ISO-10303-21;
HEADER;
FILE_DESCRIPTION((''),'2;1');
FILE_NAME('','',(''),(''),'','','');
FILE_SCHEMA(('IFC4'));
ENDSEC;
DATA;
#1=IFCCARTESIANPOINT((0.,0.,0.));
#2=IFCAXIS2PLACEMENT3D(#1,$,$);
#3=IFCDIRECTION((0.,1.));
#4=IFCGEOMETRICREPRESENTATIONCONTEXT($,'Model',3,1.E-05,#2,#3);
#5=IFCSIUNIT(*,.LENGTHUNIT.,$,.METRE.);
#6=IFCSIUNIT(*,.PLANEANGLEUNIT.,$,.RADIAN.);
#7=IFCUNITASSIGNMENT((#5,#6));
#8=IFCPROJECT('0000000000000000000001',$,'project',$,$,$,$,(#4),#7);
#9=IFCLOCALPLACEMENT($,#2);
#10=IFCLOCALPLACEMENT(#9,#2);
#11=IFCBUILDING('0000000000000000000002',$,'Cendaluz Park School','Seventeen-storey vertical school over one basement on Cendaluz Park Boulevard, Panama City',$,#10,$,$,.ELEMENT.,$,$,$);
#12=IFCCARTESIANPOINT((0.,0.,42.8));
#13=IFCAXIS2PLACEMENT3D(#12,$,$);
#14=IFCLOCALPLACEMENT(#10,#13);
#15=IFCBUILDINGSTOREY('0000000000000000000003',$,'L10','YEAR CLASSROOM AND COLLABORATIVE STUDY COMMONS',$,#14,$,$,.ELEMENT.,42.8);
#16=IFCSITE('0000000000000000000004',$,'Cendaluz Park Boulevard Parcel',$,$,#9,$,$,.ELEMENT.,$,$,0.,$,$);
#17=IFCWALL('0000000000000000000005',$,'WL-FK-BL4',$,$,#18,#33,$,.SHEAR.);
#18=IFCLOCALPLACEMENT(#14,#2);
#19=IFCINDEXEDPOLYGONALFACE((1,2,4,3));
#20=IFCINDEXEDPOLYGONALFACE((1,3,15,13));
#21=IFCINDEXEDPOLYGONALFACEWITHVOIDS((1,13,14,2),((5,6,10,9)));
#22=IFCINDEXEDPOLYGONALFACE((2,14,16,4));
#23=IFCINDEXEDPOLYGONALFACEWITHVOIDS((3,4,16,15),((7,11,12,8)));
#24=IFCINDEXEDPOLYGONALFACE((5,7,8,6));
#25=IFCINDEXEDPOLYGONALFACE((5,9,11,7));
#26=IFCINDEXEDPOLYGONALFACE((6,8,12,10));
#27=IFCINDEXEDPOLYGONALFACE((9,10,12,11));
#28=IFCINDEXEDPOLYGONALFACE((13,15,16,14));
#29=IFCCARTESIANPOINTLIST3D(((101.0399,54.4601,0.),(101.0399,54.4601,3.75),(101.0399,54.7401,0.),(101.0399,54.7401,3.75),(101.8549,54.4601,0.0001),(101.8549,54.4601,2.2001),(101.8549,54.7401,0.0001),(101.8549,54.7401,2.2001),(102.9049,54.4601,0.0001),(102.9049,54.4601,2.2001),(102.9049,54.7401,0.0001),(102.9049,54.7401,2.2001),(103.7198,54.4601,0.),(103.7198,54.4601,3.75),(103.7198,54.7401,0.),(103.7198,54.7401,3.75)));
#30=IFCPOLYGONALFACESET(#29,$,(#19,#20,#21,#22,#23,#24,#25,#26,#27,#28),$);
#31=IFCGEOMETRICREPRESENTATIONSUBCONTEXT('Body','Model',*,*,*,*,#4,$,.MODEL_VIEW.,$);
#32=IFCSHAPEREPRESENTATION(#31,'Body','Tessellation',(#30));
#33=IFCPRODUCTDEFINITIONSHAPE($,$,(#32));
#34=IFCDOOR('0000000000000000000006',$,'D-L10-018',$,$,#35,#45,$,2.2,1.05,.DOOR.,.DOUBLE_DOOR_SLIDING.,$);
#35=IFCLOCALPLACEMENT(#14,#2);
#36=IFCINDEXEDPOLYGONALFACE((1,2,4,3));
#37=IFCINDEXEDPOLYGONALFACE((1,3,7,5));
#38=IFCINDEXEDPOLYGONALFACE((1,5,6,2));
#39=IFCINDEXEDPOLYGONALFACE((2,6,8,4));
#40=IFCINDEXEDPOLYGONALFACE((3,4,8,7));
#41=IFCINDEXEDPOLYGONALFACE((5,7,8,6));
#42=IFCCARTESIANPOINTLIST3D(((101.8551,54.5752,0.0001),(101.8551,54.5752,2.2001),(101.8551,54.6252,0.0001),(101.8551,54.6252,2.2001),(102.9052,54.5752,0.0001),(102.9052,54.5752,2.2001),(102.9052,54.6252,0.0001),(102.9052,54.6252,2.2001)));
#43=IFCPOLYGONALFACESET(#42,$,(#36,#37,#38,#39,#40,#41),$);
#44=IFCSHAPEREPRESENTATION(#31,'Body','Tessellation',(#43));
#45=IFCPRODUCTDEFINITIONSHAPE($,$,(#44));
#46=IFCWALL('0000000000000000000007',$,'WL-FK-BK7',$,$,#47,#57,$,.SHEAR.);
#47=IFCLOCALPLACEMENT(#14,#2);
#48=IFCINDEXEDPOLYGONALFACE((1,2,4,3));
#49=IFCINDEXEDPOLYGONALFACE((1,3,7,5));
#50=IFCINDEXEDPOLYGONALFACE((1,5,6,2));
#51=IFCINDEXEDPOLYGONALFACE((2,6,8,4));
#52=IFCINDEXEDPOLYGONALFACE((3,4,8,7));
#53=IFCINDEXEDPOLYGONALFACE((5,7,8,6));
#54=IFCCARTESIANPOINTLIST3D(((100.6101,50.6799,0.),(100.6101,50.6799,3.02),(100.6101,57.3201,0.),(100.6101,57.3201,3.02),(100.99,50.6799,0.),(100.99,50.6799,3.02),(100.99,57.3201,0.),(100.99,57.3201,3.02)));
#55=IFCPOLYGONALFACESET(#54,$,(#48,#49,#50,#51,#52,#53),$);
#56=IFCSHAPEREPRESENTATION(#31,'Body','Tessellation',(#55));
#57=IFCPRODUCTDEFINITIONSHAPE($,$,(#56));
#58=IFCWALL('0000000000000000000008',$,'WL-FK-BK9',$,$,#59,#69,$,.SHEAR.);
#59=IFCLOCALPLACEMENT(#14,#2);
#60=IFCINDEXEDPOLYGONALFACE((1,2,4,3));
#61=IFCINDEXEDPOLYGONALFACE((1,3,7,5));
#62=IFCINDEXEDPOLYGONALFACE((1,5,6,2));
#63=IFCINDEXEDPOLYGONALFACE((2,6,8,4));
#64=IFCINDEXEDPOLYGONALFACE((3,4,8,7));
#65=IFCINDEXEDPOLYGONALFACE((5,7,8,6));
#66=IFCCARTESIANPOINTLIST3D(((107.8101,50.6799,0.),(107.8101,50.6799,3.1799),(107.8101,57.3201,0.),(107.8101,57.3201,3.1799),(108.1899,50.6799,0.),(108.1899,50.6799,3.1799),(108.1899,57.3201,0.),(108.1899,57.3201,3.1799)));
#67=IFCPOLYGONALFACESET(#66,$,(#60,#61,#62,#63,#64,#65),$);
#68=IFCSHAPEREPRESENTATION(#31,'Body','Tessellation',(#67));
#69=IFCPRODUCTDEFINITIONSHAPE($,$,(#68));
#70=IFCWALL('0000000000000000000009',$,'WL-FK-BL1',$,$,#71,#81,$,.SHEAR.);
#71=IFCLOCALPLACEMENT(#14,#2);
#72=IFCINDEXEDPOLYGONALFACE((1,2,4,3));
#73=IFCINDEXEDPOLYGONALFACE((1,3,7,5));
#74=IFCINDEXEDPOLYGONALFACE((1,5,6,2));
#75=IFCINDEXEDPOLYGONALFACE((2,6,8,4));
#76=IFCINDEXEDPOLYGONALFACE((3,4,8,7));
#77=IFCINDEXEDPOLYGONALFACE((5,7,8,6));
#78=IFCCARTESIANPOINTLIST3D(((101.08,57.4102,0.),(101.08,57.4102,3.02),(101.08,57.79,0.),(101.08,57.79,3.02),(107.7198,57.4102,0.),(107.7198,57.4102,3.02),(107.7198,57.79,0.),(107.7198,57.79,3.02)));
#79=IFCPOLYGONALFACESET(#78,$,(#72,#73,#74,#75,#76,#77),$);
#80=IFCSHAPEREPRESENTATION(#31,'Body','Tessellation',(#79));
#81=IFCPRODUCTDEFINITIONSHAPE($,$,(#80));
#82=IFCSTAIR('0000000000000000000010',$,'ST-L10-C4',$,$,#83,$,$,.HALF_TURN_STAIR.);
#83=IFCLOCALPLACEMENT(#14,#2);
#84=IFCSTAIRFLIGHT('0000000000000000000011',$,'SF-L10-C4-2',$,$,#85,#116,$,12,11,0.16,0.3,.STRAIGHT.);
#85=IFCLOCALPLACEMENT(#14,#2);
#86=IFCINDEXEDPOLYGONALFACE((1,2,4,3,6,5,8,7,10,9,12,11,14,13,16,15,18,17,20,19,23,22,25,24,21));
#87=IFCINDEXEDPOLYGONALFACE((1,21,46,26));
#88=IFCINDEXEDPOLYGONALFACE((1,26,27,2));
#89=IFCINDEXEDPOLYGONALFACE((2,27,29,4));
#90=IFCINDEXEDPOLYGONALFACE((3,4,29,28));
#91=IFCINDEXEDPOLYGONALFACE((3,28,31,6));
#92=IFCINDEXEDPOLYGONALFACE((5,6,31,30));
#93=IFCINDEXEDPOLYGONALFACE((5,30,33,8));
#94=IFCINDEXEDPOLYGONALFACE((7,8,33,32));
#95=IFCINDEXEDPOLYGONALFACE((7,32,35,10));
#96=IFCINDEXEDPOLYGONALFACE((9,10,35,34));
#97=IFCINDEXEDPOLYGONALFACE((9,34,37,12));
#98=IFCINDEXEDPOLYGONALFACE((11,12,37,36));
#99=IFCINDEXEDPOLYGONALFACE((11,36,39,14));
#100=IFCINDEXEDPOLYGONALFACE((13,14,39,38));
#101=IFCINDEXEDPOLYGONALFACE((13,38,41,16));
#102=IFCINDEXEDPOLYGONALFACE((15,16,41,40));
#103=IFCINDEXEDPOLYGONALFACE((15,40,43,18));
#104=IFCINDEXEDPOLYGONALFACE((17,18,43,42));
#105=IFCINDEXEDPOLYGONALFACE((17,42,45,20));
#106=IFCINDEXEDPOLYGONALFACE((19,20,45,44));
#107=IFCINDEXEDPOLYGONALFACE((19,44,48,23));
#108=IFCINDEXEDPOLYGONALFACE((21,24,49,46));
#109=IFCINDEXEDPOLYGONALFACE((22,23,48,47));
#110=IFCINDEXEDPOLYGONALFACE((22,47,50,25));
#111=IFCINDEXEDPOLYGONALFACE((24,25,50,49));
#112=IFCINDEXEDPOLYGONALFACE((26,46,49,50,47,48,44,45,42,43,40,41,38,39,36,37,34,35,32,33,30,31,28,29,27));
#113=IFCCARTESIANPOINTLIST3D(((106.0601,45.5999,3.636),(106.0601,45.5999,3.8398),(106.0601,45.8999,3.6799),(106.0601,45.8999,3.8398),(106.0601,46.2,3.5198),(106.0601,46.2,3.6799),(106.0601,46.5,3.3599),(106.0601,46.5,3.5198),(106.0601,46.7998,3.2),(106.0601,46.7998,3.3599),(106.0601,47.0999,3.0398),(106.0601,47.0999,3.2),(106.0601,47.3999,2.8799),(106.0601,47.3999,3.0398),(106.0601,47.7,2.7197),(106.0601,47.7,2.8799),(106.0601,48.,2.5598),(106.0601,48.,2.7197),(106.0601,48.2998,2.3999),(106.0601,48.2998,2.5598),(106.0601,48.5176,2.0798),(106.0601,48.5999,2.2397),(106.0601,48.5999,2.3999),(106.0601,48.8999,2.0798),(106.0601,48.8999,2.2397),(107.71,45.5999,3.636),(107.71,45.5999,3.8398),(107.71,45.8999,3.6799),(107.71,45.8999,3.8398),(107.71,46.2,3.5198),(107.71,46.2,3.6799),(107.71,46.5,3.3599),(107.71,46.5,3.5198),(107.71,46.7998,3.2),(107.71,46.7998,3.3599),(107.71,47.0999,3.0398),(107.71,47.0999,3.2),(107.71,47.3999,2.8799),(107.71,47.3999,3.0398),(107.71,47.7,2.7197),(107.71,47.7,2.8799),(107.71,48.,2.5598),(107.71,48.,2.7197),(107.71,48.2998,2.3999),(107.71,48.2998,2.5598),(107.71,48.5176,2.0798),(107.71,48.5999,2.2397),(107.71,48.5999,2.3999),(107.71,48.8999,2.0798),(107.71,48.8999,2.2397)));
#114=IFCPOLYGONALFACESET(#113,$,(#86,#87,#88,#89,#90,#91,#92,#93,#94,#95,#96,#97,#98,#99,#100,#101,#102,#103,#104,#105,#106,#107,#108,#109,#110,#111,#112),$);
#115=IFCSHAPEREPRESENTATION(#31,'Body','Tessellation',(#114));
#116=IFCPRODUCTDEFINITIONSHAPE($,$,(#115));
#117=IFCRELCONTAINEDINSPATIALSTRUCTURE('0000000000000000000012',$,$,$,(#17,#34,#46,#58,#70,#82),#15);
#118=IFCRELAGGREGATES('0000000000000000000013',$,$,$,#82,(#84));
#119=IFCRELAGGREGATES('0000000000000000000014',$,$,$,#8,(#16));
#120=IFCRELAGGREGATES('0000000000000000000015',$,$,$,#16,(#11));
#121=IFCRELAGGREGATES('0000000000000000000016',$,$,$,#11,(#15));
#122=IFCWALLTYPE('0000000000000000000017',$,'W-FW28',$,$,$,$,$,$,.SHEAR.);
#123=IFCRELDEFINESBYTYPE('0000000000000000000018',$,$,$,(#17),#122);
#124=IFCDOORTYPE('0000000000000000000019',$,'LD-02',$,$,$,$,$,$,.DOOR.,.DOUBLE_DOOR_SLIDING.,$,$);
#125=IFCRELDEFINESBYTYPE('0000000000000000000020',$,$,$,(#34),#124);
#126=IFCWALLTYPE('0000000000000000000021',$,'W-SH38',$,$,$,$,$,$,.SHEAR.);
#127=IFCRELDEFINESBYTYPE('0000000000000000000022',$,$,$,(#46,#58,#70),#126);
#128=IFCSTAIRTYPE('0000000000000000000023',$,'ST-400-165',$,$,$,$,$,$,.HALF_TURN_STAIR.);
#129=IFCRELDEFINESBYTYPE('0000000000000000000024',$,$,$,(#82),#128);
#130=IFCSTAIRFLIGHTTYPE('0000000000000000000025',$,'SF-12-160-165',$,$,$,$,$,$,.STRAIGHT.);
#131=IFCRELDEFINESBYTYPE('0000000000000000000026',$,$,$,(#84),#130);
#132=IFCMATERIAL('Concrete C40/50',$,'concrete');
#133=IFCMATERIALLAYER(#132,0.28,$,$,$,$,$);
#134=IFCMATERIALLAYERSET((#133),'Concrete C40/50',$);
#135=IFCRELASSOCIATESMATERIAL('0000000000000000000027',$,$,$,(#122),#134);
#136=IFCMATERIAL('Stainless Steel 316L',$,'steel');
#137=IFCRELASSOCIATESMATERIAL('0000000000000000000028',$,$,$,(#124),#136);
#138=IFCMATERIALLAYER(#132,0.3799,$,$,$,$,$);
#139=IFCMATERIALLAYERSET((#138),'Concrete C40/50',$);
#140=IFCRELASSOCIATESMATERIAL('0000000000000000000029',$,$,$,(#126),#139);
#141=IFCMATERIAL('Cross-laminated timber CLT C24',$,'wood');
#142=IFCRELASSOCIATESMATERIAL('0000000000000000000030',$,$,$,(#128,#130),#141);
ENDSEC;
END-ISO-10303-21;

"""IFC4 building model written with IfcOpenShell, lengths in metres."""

from ifc_helpers import new_model, si_unit, direction, frame, frame_2d, origin, place, context, subcontext, project, spatial, polyline, rectangle, outline, extrude, material, layer, layer_set, type_object, element, fill, aggregate, save


model = new_model("IFC4")

# Units and contexts
model_context = context("Model", 3, precision=1e-05, world=origin(), true_north=direction((0.0, 1.0)))
body_context = subcontext(model_context, "Body", "Model", "MODEL_VIEW")
ifc_project = project(units=[si_unit("LENGTHUNIT", "METRE"), si_unit("PLANEANGLEUNIT", "RADIAN")], contexts=[model_context])

# Site, building, storey
site_placement = place(None, origin())
site = spatial("IfcSite", under=ifc_project, at=site_placement, Name="Cendaluz Park Boulevard Parcel", CompositionType="ELEMENT", RefElevation=0.0)
building_placement = place(site_placement, origin())
building = spatial("IfcBuilding", under=site, at=building_placement, Name="Cendaluz Park School", Description="Seventeen-storey vertical school over one basement on Cendaluz Park Boulevard, Panama City", CompositionType="ELEMENT")
storey_placement = place(building_placement, frame((0.0, 0.0, 42.8)))
storey = spatial("IfcBuildingStorey", under=building, at=storey_placement, Name="L10", Description="YEAR CLASSROOM AND COLLABORATIVE STUDY COMMONS", CompositionType="ELEMENT", Elevation=42.8)

# Shared definitions
ifc_material_1 = material(Name="Cross-laminated timber CLT C24", Category="wood")

# Shared definitions
ifc_material_2 = material(Name="Concrete C40/50", Category="concrete")
ifc_layer_1 = layer(ifc_material_2, 0.28)
ifc_layer_set_1 = layer_set([ifc_layer_1], Name="Concrete C40/50")
wall_type_1 = type_object("IfcWallType", Name="W-FW28", PredefinedType="SHEAR", material=ifc_layer_set_1)

# Wall, opening, door
wall_1_placement = place(storey_placement, frame((101.04, 54.6001, 0.0), z_axis=(0.0, 0.0, 1.0), x_axis=(1.0, 0.0, 0.0)))
wall_1 = element("IfcWall", 1, at=wall_1_placement, inside=storey, type_object=wall_type_1, Name="WL-FK-BL4", PredefinedType="SHEAR", context=body_context, shape_type="SweptSolid", body=[
    extrude(rectangle(XDim=2.6799, YDim=0.28, at=frame_2d((1.3398, 0.0))), origin(), (0.0, 0.0, 1.0), 3.75),
])
opening_1_placement = place(wall_1_placement, frame((0.8149, 0.0, 0.0)))
opening_1 = element("IfcOpeningElement", 2, at=opening_1_placement, cuts=wall_1, PredefinedType="OPENING", context=body_context, shape_type="SweptSolid", body=[
    extrude(rectangle(XDim=1.05, YDim=2.2, at=frame_2d((0.5249, 1.1001))), frame((0.0, 0.1521, 0.0), z_axis=(0.0, -1.0, 0.0), x_axis=(1.0, 0.0, 0.0)), (0.0, 0.0, 1.0), 0.304),
])
ifc_material_3 = material(Name="Stainless Steel 316L", Category="steel")
door_type_1 = type_object("IfcDoorType", Name="LD-02", OperationType="DOUBLE_DOOR_SLIDING", PredefinedType="DOOR", material=ifc_material_3)
door_1_placement = place(opening_1_placement, frame((1.05, 0.0, 0.0), z_axis=(0.0, 0.0, 1.0), x_axis=(-1.0, 0.0, 0.0)))
door_1 = element("IfcDoor", 3, at=door_1_placement, inside=storey, type_object=door_type_1, Name="D-L10-018", OperationType="DOUBLE_DOOR_SLIDING", OverallHeight=2.2, OverallWidth=1.05, PredefinedType="DOOR", context=body_context, shape_type="SweptSolid", body=[
    extrude(rectangle(XDim=1.05, YDim=2.2, at=frame_2d((0.5249, 1.1001))), frame((0.0, 0.0249, 0.0), z_axis=(0.0, -1.0, 0.0), x_axis=(1.0, 0.0, 0.0)), (0.0, 0.0, 1.0), 0.05),
])
fill(opening_1, door_1)

# Walls
ifc_layer_2 = layer(ifc_material_2, 0.3799)
ifc_layer_set_2 = layer_set([ifc_layer_2], Name="Concrete C40/50")
wall_type_2 = type_object("IfcWallType", Name="W-SH38", PredefinedType="SHEAR", material=ifc_layer_set_2)
wall_2_placement = place(storey_placement, frame((100.8, 50.6799, 0.0), z_axis=(0.0, 0.0, 1.0), x_axis=(0.0, 1.0, 0.0)))
element("IfcWall", 4, at=wall_2_placement, inside=storey, type_object=wall_type_2, Name="WL-FK-BK7", PredefinedType="SHEAR", context=body_context, shape_type="SweptSolid", body=[
    extrude(rectangle(XDim=6.6401, YDim=0.3799, at=frame_2d((3.3201, 0.0))), origin(), (0.0, 0.0, 1.0), 3.02),
])
wall_3_placement = place(storey_placement, frame((108.0, 50.6799, 0.0), z_axis=(0.0, 0.0, 1.0), x_axis=(0.0, 1.0, 0.0)))
element("IfcWall", 5, at=wall_3_placement, inside=storey, type_object=wall_type_2, Name="WL-FK-BK9", PredefinedType="SHEAR", context=body_context, shape_type="SweptSolid", body=[
    extrude(rectangle(XDim=6.6401, YDim=0.3799, at=frame_2d((3.3201, 0.0))), origin(), (0.0, 0.0, 1.0), 3.1799),
])
wall_4_placement = place(storey_placement, frame((101.0801, 57.6001, 0.0), z_axis=(0.0, 0.0, 1.0), x_axis=(1.0, 0.0, 0.0)))
element("IfcWall", 6, at=wall_4_placement, inside=storey, type_object=wall_type_2, Name="WL-FK-BL1", PredefinedType="SHEAR", context=body_context, shape_type="SweptSolid", body=[
    extrude(rectangle(XDim=6.6399, YDim=0.3799, at=frame_2d((3.3198, 0.0))), origin(), (0.0, 0.0, 1.0), 3.02),
])

# Stair, stair flight
stair_type = type_object("IfcStairType", Name="ST-400-165", PredefinedType="HALF_TURN_STAIR", material=ifc_material_1)
stair_placement = place(storey_placement, origin())
stair = element("IfcStair", 7, at=stair_placement, inside=storey, type_object=stair_type, Name="ST-L10-C4", PredefinedType="HALF_TURN_STAIR")
stair_flight_type = type_object("IfcStairFlightType", Name="SF-12-160-165", PredefinedType="STRAIGHT", material=ifc_material_1)
stair_flight_placement = place(storey_placement, frame((106.885, 48.8999, 2.0798), z_axis=(0.0, 0.0, 1.0), x_axis=(0.0, -1.0, 0.0)))
stair_flight = element("IfcStairFlight", 8, at=stair_flight_placement, type_object=stair_flight_type, Name="SF-L10-C4-2", NumberOfRisers=12, NumberOfTreads=11, PredefinedType="STRAIGHT", RiserHeight=0.16, TreadLength=0.3, context=body_context, shape_type="SweptSolid", body=[
    extrude(outline(polyline([(0.0, 0.0), (0.0, 0.1599), (0.3, 0.1599), (0.3, 0.3201), (0.6001, 0.3201), (0.6001, 0.48), (0.8999, 0.48), (0.8999, 0.6399), (1.2, 0.6399), (1.2, 0.8), (1.5, 0.8), (1.5, 0.96), (1.8, 0.96), (1.8, 1.1201), (2.1001, 1.1201), (2.1001, 1.28), (2.3999, 1.28), (2.3999, 1.4399), (2.7, 1.4399), (2.7, 1.6001), (3.0, 1.6001), (3.0, 1.76), (3.3, 1.76), (3.3, 1.9199), (3.3, 1.5562), (0.3823, 0.0), (0.0, 0.0)])), frame((0.0, 0.825, 0.0), z_axis=(0.0, -1.0, 0.0), x_axis=(1.0, 0.0, 0.0)), (0.0, 0.0, 1.0), 1.6499),
])
aggregate(stair, [stair_flight])

save(model, "model.ifc")
